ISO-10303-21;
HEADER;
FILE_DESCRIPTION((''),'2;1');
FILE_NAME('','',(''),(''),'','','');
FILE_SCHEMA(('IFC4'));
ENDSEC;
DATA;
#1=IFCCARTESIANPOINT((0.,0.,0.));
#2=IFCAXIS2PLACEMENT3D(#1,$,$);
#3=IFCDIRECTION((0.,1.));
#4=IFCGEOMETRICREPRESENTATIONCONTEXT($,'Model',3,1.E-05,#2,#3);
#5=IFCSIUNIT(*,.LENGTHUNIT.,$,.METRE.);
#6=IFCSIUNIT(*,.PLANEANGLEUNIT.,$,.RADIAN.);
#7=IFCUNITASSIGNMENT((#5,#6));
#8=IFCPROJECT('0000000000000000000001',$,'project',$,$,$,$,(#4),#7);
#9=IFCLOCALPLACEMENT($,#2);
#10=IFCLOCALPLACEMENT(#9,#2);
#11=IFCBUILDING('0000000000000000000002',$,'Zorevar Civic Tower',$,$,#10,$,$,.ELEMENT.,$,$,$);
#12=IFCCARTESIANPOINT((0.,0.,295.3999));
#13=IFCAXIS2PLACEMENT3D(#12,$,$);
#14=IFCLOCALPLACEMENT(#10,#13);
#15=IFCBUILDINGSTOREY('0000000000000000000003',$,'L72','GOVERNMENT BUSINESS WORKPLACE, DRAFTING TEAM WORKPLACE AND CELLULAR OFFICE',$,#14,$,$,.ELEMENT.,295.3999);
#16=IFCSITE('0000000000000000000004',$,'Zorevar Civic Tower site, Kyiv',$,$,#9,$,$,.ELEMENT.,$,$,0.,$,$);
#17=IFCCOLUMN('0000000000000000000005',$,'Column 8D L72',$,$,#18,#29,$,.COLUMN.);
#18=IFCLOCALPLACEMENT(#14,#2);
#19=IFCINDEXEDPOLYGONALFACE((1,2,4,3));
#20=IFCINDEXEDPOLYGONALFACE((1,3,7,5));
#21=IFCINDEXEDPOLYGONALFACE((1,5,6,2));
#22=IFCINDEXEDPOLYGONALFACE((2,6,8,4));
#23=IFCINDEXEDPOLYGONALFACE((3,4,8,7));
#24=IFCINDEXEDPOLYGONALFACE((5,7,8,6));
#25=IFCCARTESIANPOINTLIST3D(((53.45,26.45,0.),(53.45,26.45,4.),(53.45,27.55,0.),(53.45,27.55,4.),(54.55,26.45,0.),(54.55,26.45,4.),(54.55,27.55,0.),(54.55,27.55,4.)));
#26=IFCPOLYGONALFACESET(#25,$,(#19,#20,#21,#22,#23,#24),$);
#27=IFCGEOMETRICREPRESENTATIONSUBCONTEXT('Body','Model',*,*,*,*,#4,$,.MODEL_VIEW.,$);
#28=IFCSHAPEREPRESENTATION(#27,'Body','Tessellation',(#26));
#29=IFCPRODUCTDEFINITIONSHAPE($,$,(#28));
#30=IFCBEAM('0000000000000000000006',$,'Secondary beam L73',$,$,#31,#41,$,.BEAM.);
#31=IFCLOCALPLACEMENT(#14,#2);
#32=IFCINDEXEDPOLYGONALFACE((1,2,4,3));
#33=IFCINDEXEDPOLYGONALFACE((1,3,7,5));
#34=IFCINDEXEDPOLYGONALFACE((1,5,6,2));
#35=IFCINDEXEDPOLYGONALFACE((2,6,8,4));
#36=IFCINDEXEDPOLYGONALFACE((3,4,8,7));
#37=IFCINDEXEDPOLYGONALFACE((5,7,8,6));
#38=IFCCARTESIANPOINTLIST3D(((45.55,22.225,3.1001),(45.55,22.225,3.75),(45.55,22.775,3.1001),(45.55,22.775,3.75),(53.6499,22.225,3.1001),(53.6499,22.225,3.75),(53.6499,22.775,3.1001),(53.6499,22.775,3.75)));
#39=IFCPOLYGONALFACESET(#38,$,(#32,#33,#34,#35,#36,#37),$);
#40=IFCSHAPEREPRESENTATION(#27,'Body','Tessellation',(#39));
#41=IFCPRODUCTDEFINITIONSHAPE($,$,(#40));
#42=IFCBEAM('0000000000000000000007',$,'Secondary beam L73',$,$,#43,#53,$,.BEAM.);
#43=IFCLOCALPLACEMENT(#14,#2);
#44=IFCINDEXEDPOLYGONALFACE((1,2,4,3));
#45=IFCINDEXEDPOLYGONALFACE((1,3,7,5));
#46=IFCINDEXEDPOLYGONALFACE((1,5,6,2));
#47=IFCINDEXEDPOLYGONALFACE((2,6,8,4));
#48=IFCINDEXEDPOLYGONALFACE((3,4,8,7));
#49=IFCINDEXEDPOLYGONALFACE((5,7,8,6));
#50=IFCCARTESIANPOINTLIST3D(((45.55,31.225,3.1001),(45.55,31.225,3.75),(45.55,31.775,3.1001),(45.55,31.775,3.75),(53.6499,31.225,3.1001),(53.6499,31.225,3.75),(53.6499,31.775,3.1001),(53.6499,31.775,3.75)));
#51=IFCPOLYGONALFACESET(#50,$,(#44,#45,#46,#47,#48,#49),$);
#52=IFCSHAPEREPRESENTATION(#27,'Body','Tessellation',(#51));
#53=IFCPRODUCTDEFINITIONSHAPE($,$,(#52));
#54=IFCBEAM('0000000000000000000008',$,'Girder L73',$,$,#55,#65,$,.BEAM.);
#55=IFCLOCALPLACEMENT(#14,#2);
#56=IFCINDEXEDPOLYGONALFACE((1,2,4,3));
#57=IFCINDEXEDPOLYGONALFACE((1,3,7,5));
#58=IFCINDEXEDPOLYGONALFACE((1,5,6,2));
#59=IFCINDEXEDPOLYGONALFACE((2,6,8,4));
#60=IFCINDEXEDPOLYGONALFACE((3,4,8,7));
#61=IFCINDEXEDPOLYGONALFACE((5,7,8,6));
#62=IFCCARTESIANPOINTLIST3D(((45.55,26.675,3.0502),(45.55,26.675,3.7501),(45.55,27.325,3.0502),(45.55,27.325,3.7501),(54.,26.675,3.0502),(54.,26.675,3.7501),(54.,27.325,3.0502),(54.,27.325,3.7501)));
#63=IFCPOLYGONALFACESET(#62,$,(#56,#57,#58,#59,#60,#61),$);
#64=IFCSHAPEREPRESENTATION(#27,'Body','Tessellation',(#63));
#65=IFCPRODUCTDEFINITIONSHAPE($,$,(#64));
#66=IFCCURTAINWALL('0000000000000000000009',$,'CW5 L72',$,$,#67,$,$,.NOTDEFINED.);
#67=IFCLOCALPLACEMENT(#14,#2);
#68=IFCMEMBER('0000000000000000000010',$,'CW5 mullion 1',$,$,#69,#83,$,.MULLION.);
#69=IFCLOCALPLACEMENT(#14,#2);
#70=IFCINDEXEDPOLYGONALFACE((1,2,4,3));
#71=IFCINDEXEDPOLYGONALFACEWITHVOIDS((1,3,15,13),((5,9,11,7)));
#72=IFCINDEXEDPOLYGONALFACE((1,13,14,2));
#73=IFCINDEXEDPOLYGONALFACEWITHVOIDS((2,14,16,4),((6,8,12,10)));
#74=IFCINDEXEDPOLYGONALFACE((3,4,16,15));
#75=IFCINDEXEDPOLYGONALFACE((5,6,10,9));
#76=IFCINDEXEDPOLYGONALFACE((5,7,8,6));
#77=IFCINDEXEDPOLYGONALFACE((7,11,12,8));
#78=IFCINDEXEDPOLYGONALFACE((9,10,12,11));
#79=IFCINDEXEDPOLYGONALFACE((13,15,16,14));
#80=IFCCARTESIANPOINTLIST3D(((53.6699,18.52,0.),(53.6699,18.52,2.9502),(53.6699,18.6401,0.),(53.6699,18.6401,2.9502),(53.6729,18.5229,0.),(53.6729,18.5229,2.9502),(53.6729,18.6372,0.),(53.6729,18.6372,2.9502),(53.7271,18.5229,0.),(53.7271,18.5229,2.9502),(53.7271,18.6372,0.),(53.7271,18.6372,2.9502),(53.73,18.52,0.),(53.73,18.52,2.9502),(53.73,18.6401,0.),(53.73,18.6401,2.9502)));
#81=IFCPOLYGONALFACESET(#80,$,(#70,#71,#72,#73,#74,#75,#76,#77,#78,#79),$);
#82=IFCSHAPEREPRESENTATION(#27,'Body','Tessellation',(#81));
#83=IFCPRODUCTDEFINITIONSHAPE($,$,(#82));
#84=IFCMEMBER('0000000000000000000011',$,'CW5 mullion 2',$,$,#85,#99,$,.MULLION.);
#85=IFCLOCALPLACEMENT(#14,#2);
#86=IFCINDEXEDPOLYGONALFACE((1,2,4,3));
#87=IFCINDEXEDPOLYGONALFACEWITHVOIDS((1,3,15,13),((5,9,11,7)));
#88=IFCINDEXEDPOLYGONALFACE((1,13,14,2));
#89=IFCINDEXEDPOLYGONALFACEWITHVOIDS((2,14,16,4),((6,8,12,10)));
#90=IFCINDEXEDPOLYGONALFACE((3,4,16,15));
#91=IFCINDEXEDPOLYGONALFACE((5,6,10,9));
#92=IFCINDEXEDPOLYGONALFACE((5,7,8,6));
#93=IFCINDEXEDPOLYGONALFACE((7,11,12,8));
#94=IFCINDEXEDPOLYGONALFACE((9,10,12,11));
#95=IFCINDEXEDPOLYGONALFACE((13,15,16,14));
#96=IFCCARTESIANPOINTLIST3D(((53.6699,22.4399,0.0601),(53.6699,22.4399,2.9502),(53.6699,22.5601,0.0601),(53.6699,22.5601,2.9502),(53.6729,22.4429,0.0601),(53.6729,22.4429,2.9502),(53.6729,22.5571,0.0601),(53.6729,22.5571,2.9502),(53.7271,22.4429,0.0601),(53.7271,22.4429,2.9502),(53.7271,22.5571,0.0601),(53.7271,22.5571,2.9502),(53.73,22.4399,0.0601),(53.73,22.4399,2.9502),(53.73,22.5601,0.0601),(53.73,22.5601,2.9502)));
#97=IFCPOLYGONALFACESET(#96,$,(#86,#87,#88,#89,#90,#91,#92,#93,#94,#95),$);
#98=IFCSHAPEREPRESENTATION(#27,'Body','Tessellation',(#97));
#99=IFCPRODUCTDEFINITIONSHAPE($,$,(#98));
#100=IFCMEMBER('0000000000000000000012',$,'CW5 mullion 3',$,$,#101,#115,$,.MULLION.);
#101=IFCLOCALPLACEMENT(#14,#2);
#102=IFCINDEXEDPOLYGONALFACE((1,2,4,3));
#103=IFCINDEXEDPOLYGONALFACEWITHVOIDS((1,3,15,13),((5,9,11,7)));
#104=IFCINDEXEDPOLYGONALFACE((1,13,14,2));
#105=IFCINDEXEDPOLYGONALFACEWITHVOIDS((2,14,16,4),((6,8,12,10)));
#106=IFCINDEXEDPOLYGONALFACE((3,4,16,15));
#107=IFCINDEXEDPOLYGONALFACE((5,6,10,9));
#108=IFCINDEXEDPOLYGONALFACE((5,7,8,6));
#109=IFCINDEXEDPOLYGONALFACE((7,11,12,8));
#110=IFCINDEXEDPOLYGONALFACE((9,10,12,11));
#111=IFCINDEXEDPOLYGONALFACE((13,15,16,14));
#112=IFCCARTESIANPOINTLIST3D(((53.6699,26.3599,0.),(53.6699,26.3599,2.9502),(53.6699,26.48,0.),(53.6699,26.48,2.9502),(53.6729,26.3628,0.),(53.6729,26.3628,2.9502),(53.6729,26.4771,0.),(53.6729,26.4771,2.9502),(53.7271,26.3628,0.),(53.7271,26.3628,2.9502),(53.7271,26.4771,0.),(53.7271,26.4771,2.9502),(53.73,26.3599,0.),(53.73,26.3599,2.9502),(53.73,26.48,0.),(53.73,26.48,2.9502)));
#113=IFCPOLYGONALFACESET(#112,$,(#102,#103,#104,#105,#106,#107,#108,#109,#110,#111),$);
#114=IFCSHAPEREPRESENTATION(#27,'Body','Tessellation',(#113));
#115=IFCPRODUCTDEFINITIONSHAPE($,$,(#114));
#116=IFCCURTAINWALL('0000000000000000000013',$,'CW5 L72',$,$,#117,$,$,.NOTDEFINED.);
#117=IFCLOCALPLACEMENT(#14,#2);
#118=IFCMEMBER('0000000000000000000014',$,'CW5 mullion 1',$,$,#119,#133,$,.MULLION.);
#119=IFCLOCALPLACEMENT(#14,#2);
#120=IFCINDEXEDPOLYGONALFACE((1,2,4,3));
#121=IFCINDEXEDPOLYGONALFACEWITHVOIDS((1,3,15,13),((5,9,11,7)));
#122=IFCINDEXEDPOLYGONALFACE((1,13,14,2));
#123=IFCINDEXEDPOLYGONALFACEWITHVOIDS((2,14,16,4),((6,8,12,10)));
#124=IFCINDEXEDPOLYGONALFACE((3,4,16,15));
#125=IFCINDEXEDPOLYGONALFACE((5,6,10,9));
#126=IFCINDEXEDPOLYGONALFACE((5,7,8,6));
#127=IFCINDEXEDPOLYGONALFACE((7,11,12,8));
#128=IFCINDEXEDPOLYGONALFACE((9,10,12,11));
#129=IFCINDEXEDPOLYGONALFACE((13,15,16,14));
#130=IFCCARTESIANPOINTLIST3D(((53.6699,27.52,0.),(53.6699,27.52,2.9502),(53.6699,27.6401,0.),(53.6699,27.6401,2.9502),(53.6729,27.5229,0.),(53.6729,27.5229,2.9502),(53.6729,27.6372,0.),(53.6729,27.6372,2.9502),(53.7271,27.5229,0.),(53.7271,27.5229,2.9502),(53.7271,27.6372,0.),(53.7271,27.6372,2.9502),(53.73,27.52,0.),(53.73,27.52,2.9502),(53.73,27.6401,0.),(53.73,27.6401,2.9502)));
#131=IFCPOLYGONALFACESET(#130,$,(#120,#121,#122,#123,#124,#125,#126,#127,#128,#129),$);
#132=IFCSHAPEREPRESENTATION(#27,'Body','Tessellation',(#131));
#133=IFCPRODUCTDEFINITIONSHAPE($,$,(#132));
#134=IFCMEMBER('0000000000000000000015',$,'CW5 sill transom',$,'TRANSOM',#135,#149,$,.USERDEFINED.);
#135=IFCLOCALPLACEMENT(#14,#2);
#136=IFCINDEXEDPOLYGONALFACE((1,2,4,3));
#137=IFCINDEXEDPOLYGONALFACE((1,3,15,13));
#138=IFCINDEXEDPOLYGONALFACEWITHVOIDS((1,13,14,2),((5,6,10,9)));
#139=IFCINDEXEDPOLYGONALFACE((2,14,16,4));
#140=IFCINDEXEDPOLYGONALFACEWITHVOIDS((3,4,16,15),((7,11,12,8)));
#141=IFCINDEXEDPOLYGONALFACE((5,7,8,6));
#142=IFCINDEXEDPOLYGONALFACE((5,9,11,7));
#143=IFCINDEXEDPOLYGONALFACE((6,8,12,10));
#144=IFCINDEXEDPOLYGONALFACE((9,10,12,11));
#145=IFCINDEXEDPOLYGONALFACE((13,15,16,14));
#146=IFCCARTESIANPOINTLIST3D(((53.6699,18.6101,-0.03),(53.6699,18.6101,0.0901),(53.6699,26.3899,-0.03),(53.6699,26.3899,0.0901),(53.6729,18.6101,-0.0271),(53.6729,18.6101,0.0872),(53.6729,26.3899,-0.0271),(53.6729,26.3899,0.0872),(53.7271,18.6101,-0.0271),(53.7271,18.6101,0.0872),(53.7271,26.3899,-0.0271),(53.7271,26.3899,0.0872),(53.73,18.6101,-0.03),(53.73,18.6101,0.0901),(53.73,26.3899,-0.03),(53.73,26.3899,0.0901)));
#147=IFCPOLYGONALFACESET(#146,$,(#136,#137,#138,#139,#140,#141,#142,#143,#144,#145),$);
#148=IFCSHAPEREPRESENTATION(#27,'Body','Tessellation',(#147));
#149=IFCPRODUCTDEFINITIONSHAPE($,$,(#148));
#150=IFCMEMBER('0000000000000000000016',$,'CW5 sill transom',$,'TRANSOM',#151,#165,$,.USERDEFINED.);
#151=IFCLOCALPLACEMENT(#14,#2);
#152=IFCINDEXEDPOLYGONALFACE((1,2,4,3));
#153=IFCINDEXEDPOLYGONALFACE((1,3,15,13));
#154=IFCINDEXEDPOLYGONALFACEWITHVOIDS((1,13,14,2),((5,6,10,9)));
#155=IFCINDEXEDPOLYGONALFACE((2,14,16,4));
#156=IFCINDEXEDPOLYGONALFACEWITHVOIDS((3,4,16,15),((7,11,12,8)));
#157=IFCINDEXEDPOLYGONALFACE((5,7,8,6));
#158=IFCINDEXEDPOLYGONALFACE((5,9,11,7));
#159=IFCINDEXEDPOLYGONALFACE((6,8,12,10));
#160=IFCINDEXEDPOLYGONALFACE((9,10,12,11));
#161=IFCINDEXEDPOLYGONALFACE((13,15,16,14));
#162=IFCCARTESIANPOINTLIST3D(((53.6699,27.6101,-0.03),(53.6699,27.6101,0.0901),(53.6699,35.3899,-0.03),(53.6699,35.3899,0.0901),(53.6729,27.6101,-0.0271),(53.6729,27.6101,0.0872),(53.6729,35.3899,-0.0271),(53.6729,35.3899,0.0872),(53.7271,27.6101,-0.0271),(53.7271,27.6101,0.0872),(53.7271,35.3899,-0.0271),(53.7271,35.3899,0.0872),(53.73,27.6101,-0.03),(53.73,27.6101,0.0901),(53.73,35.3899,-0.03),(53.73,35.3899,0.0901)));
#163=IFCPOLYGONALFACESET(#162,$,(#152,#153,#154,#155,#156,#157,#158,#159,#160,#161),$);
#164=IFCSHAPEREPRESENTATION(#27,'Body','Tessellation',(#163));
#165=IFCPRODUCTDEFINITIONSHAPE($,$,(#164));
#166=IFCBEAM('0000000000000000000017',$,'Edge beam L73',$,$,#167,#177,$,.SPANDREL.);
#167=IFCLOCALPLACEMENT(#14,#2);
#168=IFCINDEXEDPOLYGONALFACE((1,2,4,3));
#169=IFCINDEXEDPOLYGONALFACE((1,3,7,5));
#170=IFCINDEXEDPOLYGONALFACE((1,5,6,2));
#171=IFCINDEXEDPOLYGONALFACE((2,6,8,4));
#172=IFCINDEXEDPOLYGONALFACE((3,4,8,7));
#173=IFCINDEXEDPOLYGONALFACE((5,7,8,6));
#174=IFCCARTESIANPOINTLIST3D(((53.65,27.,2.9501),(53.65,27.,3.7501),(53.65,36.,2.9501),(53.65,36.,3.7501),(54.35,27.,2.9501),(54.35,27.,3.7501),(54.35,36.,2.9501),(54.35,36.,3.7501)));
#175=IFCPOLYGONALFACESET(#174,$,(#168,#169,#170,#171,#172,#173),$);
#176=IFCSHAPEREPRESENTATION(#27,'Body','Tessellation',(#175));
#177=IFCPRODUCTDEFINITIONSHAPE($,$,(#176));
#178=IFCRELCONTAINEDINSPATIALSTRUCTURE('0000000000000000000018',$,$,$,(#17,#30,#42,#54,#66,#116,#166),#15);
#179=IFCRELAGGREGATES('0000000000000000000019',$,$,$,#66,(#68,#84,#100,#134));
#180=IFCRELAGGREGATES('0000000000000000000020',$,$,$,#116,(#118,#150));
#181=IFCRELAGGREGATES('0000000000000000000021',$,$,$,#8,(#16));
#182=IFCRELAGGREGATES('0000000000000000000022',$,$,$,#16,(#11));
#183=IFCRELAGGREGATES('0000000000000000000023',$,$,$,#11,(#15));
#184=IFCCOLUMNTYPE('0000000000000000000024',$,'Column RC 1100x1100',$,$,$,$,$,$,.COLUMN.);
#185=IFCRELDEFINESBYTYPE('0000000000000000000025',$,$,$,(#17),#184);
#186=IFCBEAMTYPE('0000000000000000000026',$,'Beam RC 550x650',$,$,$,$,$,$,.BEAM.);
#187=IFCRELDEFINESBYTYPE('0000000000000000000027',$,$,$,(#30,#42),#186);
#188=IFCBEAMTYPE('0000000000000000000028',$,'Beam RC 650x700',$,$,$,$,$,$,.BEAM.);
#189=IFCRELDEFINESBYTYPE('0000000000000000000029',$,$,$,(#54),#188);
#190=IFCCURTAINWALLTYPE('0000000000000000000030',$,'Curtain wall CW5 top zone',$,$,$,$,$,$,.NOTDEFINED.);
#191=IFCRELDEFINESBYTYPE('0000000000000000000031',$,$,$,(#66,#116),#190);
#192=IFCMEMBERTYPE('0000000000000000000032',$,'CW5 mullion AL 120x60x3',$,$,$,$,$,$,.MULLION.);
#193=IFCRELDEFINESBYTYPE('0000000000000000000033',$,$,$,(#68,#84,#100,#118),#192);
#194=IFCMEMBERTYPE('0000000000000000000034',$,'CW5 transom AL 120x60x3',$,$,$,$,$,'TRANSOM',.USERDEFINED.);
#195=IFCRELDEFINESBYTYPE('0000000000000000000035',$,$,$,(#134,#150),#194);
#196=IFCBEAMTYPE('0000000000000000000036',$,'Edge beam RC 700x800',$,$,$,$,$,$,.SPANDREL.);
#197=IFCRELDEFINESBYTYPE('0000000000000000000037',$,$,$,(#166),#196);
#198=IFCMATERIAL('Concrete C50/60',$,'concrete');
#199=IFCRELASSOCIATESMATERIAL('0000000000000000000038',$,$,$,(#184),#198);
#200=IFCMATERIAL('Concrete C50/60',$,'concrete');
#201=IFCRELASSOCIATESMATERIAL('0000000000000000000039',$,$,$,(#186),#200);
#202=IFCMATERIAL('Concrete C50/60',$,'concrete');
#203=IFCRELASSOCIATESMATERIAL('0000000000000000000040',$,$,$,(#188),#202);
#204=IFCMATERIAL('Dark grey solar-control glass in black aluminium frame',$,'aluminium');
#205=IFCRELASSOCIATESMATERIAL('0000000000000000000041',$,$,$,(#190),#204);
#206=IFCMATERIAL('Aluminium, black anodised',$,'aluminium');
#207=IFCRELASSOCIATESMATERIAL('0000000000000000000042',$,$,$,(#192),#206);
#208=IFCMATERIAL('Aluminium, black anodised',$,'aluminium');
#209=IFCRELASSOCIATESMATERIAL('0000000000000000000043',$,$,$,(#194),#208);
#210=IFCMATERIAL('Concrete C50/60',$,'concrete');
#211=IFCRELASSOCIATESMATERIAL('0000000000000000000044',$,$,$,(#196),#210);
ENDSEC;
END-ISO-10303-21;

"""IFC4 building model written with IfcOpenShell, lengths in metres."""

from ifc_helpers import new_model, si_unit, direction, frame, origin, origin_2d, place, context, subcontext, project, spatial, rectangle, hollow_rectangle, extrude, material, material_profile, profile_set, type_object, element, aggregate, save


model = new_model("IFC4")

# Units and contexts
model_context = context("Model", 3, precision=1e-05, world=origin(), true_north=direction((0.0, 1.0)))
body_context = subcontext(model_context, "Body", "Model", "MODEL_VIEW")
ifc_project = project(units=[si_unit("LENGTHUNIT", "METRE"), si_unit("PLANEANGLEUNIT", "RADIAN")], contexts=[model_context])

# Site, building, storey
site_placement = place(None, origin())
site = spatial("IfcSite", under=ifc_project, at=site_placement, Name="Zorevar Civic Tower site, Kyiv", CompositionType="ELEMENT", RefElevation=0.0)
building_placement = place(site_placement, origin())
building = spatial("IfcBuilding", under=site, at=building_placement, Name="Zorevar Civic Tower", CompositionType="ELEMENT")
storey_placement = place(building_placement, frame((0.0, 0.0, 295.3999)))
storey = spatial("IfcBuildingStorey", under=building, at=storey_placement, Name="L72", Description="GOVERNMENT BUSINESS WORKPLACE, DRAFTING TEAM WORKPLACE AND CELLULAR OFFICE", CompositionType="ELEMENT", Elevation=295.3999)

# Column
ifc_material_1 = material(Name="Concrete C50/60", Category="concrete")
ifc_material_profile_1 = material_profile(ifc_material_1, rectangle(XDim=1.1001, YDim=1.1001, at=origin_2d()), Name="RC 1100x1100")
ifc_profile_set_1 = profile_set([ifc_material_profile_1], Name="Concrete C50/60")
column_type = type_object("IfcColumnType", Name="Column RC 1100x1100", PredefinedType="COLUMN", material=ifc_profile_set_1)
column_placement = place(storey_placement, frame((54.0, 27.0, 0.0), z_axis=(0.0, 0.0, 1.0), x_axis=(1.0, 0.0, 0.0)))
element("IfcColumn", 1, at=column_placement, inside=storey, type_object=column_type, Name="Column 8D L72", PredefinedType="COLUMN", context=body_context, shape_type="SweptSolid", body=[
    extrude(rectangle(XDim=1.1001, YDim=1.1001, at=origin_2d()), origin(), (0.0, 0.0, 1.0), 4.0),
])

# Beams
ifc_material_2 = material(Name="Concrete C50/60", Category="concrete")
ifc_material_profile_2 = material_profile(ifc_material_2, rectangle(XDim=0.55, YDim=0.6499, at=origin_2d()), Name="RC 550x650")
ifc_profile_set_2 = profile_set([ifc_material_profile_2], Name="Concrete C50/60")
beam_type_1 = type_object("IfcBeamType", Name="Beam RC 550x650", PredefinedType="BEAM", material=ifc_profile_set_2)
for number, where, z_axis, x_axis, name in (
    (2, (45.55, 22.5, 3.425), (1.0, 0.0, 0.0), (0.0, 1.0, 0.0), "Secondary beam L73"),
    (3, (45.55, 31.5, 3.425), (1.0, 0.0, 0.0), (0.0, 1.0, 0.0), "Secondary beam L73"),
):
    element("IfcBeam", number, at=place(storey_placement, frame(where, z_axis=z_axis, x_axis=x_axis)), inside=storey, type_object=beam_type_1, Name=name, PredefinedType="BEAM", context=body_context, shape_type="SweptSolid", body=[
        extrude(rectangle(XDim=0.55, YDim=0.6499, at=origin_2d()), origin(), (0.0, 0.0, 1.0), 8.0999),
    ])
ifc_material_3 = material(Name="Concrete C50/60", Category="concrete")
ifc_material_profile_3 = material_profile(ifc_material_3, rectangle(XDim=0.6499, YDim=0.7, at=origin_2d()), Name="RC 650x700")
ifc_profile_set_3 = profile_set([ifc_material_profile_3], Name="Concrete C50/60")
beam_type_2 = type_object("IfcBeamType", Name="Beam RC 650x700", PredefinedType="BEAM", material=ifc_profile_set_3)
beam_1_placement = place(storey_placement, frame((45.55, 27.0, 3.4001), z_axis=(1.0, 0.0, 0.0), x_axis=(0.0, 1.0, 0.0)))
element("IfcBeam", 4, at=beam_1_placement, inside=storey, type_object=beam_type_2, Name="Girder L73", PredefinedType="BEAM", context=body_context, shape_type="SweptSolid", body=[
    extrude(rectangle(XDim=0.6499, YDim=0.7, at=origin_2d()), origin(), (0.0, 0.0, 1.0), 8.45),
])

# Curtain wall, members
ifc_material_4 = material(Name="Dark grey solar-control glass in black aluminium frame", Category="aluminium")
curtain_wall_type = type_object("IfcCurtainWallType", Name="Curtain wall CW5 top zone", PredefinedType="NOTDEFINED", material=ifc_material_4)
curtain_wall_1_placement = place(storey_placement, origin())
curtain_wall_1 = element("IfcCurtainWall", 5, at=curtain_wall_1_placement, inside=storey, type_object=curtain_wall_type, Name="CW5 L72", PredefinedType="NOTDEFINED")
ifc_material_5 = material(Name="Aluminium, black anodised", Category="aluminium")
ifc_material_profile_4 = material_profile(ifc_material_5, hollow_rectangle(XDim=0.0601, YDim=0.1201, WallThickness=0.0029, at=origin_2d()), Name="AL 120x60x3")
ifc_profile_set_4 = profile_set([ifc_material_profile_4], Name="Aluminium, black anodised")
member_type_1 = type_object("IfcMemberType", Name="CW5 mullion AL 120x60x3", PredefinedType="MULLION", material=ifc_profile_set_4)
member_1_placement = place(storey_placement, frame((53.7, 18.5801, 0.0), z_axis=(0.0, 0.0, 1.0), x_axis=(-1.0, 0.0, 0.0)))
member_1 = element("IfcMember", 6, at=member_1_placement, type_object=member_type_1, Name="CW5 mullion 1", PredefinedType="MULLION", context=body_context, shape_type="SweptSolid", body=[
    extrude(hollow_rectangle(XDim=0.0601, YDim=0.1201, WallThickness=0.0029, at=origin_2d()), origin(), (0.0, 0.0, 1.0), 2.9502),
])
member_2_placement = place(storey_placement, frame((53.7, 22.5, 0.0601), z_axis=(0.0, 0.0, 1.0), x_axis=(-1.0, 0.0, 0.0)))
member_2 = element("IfcMember", 7, at=member_2_placement, type_object=member_type_1, Name="CW5 mullion 2", PredefinedType="MULLION", context=body_context, shape_type="SweptSolid", body=[
    extrude(hollow_rectangle(XDim=0.0601, YDim=0.1201, WallThickness=0.0029, at=origin_2d()), origin(), (0.0, 0.0, 1.0), 2.8901),
])
member_3_placement = place(storey_placement, frame((53.7, 26.4199, 0.0), z_axis=(0.0, 0.0, 1.0), x_axis=(-1.0, 0.0, 0.0)))
member_3 = element("IfcMember", 8, at=member_3_placement, type_object=member_type_1, Name="CW5 mullion 3", PredefinedType="MULLION", context=body_context, shape_type="SweptSolid", body=[
    extrude(hollow_rectangle(XDim=0.0601, YDim=0.1201, WallThickness=0.0029, at=origin_2d()), origin(), (0.0, 0.0, 1.0), 2.9502),
])

# Curtain wall, member
curtain_wall_2_placement = place(storey_placement, origin())
curtain_wall_2 = element("IfcCurtainWall", 9, at=curtain_wall_2_placement, inside=storey, type_object=curtain_wall_type, Name="CW5 L72", PredefinedType="NOTDEFINED")
member_4_placement = place(storey_placement, frame((53.7, 27.5801, 0.0), z_axis=(0.0, 0.0, 1.0), x_axis=(-1.0, 0.0, 0.0)))
member_4 = element("IfcMember", 10, at=member_4_placement, type_object=member_type_1, Name="CW5 mullion 1", PredefinedType="MULLION", context=body_context, shape_type="SweptSolid", body=[
    extrude(hollow_rectangle(XDim=0.0601, YDim=0.1201, WallThickness=0.0029, at=origin_2d()), origin(), (0.0, 0.0, 1.0), 2.9502),
])

# Members
ifc_material_6 = material(Name="Aluminium, black anodised", Category="aluminium")
ifc_material_profile_5 = material_profile(ifc_material_6, hollow_rectangle(XDim=0.0601, YDim=0.1201, WallThickness=0.0029, at=origin_2d()), Name="AL 120x60x3")
ifc_profile_set_5 = profile_set([ifc_material_profile_5], Name="Aluminium, black anodised")
member_type_2 = type_object("IfcMemberType", Name="CW5 transom AL 120x60x3", ElementType="TRANSOM", PredefinedType="USERDEFINED", material=ifc_profile_set_5)
member_5_placement = place(storey_placement, frame((53.7, 18.6101, 0.03), z_axis=(0.0, 1.0, 0.0), x_axis=(-1.0, 0.0, 0.0)))
member_5 = element("IfcMember", 11, at=member_5_placement, type_object=member_type_2, Name="CW5 sill transom", ObjectType="TRANSOM", PredefinedType="USERDEFINED", context=body_context, shape_type="SweptSolid", body=[
    extrude(hollow_rectangle(XDim=0.0601, YDim=0.1201, WallThickness=0.0029, at=origin_2d()), origin(), (0.0, 0.0, 1.0), 7.7798),
])
member_6_placement = place(storey_placement, frame((53.7, 27.6101, 0.03), z_axis=(0.0, 1.0, 0.0), x_axis=(-1.0, 0.0, 0.0)))
member_6 = element("IfcMember", 12, at=member_6_placement, type_object=member_type_2, Name="CW5 sill transom", ObjectType="TRANSOM", PredefinedType="USERDEFINED", context=body_context, shape_type="SweptSolid", body=[
    extrude(hollow_rectangle(XDim=0.0601, YDim=0.1201, WallThickness=0.0029, at=origin_2d()), origin(), (0.0, 0.0, 1.0), 7.7798),
])

# Beam
ifc_material_7 = material(Name="Concrete C50/60", Category="concrete")
ifc_material_profile_6 = material_profile(ifc_material_7, rectangle(XDim=0.7, YDim=0.8, at=origin_2d()), Name="RC 700x800")
ifc_profile_set_6 = profile_set([ifc_material_profile_6], Name="Concrete C50/60")
beam_type_3 = type_object("IfcBeamType", Name="Edge beam RC 700x800", PredefinedType="SPANDREL", material=ifc_profile_set_6)
beam_2_placement = place(storey_placement, frame((54.0, 27.0, 3.3501), z_axis=(0.0, 1.0, 0.0), x_axis=(-1.0, 0.0, 0.0)))
element("IfcBeam", 13, at=beam_2_placement, inside=storey, type_object=beam_type_3, Name="Edge beam L73", PredefinedType="SPANDREL", context=body_context, shape_type="SweptSolid", body=[
    extrude(rectangle(XDim=0.7, YDim=0.8, at=origin_2d()), origin(), (0.0, 0.0, 1.0), 9.0),
])

aggregate(curtain_wall_1, [member_1, member_2, member_3, member_5])
aggregate(curtain_wall_2, [member_4, member_6])

save(model, "model.ifc")
